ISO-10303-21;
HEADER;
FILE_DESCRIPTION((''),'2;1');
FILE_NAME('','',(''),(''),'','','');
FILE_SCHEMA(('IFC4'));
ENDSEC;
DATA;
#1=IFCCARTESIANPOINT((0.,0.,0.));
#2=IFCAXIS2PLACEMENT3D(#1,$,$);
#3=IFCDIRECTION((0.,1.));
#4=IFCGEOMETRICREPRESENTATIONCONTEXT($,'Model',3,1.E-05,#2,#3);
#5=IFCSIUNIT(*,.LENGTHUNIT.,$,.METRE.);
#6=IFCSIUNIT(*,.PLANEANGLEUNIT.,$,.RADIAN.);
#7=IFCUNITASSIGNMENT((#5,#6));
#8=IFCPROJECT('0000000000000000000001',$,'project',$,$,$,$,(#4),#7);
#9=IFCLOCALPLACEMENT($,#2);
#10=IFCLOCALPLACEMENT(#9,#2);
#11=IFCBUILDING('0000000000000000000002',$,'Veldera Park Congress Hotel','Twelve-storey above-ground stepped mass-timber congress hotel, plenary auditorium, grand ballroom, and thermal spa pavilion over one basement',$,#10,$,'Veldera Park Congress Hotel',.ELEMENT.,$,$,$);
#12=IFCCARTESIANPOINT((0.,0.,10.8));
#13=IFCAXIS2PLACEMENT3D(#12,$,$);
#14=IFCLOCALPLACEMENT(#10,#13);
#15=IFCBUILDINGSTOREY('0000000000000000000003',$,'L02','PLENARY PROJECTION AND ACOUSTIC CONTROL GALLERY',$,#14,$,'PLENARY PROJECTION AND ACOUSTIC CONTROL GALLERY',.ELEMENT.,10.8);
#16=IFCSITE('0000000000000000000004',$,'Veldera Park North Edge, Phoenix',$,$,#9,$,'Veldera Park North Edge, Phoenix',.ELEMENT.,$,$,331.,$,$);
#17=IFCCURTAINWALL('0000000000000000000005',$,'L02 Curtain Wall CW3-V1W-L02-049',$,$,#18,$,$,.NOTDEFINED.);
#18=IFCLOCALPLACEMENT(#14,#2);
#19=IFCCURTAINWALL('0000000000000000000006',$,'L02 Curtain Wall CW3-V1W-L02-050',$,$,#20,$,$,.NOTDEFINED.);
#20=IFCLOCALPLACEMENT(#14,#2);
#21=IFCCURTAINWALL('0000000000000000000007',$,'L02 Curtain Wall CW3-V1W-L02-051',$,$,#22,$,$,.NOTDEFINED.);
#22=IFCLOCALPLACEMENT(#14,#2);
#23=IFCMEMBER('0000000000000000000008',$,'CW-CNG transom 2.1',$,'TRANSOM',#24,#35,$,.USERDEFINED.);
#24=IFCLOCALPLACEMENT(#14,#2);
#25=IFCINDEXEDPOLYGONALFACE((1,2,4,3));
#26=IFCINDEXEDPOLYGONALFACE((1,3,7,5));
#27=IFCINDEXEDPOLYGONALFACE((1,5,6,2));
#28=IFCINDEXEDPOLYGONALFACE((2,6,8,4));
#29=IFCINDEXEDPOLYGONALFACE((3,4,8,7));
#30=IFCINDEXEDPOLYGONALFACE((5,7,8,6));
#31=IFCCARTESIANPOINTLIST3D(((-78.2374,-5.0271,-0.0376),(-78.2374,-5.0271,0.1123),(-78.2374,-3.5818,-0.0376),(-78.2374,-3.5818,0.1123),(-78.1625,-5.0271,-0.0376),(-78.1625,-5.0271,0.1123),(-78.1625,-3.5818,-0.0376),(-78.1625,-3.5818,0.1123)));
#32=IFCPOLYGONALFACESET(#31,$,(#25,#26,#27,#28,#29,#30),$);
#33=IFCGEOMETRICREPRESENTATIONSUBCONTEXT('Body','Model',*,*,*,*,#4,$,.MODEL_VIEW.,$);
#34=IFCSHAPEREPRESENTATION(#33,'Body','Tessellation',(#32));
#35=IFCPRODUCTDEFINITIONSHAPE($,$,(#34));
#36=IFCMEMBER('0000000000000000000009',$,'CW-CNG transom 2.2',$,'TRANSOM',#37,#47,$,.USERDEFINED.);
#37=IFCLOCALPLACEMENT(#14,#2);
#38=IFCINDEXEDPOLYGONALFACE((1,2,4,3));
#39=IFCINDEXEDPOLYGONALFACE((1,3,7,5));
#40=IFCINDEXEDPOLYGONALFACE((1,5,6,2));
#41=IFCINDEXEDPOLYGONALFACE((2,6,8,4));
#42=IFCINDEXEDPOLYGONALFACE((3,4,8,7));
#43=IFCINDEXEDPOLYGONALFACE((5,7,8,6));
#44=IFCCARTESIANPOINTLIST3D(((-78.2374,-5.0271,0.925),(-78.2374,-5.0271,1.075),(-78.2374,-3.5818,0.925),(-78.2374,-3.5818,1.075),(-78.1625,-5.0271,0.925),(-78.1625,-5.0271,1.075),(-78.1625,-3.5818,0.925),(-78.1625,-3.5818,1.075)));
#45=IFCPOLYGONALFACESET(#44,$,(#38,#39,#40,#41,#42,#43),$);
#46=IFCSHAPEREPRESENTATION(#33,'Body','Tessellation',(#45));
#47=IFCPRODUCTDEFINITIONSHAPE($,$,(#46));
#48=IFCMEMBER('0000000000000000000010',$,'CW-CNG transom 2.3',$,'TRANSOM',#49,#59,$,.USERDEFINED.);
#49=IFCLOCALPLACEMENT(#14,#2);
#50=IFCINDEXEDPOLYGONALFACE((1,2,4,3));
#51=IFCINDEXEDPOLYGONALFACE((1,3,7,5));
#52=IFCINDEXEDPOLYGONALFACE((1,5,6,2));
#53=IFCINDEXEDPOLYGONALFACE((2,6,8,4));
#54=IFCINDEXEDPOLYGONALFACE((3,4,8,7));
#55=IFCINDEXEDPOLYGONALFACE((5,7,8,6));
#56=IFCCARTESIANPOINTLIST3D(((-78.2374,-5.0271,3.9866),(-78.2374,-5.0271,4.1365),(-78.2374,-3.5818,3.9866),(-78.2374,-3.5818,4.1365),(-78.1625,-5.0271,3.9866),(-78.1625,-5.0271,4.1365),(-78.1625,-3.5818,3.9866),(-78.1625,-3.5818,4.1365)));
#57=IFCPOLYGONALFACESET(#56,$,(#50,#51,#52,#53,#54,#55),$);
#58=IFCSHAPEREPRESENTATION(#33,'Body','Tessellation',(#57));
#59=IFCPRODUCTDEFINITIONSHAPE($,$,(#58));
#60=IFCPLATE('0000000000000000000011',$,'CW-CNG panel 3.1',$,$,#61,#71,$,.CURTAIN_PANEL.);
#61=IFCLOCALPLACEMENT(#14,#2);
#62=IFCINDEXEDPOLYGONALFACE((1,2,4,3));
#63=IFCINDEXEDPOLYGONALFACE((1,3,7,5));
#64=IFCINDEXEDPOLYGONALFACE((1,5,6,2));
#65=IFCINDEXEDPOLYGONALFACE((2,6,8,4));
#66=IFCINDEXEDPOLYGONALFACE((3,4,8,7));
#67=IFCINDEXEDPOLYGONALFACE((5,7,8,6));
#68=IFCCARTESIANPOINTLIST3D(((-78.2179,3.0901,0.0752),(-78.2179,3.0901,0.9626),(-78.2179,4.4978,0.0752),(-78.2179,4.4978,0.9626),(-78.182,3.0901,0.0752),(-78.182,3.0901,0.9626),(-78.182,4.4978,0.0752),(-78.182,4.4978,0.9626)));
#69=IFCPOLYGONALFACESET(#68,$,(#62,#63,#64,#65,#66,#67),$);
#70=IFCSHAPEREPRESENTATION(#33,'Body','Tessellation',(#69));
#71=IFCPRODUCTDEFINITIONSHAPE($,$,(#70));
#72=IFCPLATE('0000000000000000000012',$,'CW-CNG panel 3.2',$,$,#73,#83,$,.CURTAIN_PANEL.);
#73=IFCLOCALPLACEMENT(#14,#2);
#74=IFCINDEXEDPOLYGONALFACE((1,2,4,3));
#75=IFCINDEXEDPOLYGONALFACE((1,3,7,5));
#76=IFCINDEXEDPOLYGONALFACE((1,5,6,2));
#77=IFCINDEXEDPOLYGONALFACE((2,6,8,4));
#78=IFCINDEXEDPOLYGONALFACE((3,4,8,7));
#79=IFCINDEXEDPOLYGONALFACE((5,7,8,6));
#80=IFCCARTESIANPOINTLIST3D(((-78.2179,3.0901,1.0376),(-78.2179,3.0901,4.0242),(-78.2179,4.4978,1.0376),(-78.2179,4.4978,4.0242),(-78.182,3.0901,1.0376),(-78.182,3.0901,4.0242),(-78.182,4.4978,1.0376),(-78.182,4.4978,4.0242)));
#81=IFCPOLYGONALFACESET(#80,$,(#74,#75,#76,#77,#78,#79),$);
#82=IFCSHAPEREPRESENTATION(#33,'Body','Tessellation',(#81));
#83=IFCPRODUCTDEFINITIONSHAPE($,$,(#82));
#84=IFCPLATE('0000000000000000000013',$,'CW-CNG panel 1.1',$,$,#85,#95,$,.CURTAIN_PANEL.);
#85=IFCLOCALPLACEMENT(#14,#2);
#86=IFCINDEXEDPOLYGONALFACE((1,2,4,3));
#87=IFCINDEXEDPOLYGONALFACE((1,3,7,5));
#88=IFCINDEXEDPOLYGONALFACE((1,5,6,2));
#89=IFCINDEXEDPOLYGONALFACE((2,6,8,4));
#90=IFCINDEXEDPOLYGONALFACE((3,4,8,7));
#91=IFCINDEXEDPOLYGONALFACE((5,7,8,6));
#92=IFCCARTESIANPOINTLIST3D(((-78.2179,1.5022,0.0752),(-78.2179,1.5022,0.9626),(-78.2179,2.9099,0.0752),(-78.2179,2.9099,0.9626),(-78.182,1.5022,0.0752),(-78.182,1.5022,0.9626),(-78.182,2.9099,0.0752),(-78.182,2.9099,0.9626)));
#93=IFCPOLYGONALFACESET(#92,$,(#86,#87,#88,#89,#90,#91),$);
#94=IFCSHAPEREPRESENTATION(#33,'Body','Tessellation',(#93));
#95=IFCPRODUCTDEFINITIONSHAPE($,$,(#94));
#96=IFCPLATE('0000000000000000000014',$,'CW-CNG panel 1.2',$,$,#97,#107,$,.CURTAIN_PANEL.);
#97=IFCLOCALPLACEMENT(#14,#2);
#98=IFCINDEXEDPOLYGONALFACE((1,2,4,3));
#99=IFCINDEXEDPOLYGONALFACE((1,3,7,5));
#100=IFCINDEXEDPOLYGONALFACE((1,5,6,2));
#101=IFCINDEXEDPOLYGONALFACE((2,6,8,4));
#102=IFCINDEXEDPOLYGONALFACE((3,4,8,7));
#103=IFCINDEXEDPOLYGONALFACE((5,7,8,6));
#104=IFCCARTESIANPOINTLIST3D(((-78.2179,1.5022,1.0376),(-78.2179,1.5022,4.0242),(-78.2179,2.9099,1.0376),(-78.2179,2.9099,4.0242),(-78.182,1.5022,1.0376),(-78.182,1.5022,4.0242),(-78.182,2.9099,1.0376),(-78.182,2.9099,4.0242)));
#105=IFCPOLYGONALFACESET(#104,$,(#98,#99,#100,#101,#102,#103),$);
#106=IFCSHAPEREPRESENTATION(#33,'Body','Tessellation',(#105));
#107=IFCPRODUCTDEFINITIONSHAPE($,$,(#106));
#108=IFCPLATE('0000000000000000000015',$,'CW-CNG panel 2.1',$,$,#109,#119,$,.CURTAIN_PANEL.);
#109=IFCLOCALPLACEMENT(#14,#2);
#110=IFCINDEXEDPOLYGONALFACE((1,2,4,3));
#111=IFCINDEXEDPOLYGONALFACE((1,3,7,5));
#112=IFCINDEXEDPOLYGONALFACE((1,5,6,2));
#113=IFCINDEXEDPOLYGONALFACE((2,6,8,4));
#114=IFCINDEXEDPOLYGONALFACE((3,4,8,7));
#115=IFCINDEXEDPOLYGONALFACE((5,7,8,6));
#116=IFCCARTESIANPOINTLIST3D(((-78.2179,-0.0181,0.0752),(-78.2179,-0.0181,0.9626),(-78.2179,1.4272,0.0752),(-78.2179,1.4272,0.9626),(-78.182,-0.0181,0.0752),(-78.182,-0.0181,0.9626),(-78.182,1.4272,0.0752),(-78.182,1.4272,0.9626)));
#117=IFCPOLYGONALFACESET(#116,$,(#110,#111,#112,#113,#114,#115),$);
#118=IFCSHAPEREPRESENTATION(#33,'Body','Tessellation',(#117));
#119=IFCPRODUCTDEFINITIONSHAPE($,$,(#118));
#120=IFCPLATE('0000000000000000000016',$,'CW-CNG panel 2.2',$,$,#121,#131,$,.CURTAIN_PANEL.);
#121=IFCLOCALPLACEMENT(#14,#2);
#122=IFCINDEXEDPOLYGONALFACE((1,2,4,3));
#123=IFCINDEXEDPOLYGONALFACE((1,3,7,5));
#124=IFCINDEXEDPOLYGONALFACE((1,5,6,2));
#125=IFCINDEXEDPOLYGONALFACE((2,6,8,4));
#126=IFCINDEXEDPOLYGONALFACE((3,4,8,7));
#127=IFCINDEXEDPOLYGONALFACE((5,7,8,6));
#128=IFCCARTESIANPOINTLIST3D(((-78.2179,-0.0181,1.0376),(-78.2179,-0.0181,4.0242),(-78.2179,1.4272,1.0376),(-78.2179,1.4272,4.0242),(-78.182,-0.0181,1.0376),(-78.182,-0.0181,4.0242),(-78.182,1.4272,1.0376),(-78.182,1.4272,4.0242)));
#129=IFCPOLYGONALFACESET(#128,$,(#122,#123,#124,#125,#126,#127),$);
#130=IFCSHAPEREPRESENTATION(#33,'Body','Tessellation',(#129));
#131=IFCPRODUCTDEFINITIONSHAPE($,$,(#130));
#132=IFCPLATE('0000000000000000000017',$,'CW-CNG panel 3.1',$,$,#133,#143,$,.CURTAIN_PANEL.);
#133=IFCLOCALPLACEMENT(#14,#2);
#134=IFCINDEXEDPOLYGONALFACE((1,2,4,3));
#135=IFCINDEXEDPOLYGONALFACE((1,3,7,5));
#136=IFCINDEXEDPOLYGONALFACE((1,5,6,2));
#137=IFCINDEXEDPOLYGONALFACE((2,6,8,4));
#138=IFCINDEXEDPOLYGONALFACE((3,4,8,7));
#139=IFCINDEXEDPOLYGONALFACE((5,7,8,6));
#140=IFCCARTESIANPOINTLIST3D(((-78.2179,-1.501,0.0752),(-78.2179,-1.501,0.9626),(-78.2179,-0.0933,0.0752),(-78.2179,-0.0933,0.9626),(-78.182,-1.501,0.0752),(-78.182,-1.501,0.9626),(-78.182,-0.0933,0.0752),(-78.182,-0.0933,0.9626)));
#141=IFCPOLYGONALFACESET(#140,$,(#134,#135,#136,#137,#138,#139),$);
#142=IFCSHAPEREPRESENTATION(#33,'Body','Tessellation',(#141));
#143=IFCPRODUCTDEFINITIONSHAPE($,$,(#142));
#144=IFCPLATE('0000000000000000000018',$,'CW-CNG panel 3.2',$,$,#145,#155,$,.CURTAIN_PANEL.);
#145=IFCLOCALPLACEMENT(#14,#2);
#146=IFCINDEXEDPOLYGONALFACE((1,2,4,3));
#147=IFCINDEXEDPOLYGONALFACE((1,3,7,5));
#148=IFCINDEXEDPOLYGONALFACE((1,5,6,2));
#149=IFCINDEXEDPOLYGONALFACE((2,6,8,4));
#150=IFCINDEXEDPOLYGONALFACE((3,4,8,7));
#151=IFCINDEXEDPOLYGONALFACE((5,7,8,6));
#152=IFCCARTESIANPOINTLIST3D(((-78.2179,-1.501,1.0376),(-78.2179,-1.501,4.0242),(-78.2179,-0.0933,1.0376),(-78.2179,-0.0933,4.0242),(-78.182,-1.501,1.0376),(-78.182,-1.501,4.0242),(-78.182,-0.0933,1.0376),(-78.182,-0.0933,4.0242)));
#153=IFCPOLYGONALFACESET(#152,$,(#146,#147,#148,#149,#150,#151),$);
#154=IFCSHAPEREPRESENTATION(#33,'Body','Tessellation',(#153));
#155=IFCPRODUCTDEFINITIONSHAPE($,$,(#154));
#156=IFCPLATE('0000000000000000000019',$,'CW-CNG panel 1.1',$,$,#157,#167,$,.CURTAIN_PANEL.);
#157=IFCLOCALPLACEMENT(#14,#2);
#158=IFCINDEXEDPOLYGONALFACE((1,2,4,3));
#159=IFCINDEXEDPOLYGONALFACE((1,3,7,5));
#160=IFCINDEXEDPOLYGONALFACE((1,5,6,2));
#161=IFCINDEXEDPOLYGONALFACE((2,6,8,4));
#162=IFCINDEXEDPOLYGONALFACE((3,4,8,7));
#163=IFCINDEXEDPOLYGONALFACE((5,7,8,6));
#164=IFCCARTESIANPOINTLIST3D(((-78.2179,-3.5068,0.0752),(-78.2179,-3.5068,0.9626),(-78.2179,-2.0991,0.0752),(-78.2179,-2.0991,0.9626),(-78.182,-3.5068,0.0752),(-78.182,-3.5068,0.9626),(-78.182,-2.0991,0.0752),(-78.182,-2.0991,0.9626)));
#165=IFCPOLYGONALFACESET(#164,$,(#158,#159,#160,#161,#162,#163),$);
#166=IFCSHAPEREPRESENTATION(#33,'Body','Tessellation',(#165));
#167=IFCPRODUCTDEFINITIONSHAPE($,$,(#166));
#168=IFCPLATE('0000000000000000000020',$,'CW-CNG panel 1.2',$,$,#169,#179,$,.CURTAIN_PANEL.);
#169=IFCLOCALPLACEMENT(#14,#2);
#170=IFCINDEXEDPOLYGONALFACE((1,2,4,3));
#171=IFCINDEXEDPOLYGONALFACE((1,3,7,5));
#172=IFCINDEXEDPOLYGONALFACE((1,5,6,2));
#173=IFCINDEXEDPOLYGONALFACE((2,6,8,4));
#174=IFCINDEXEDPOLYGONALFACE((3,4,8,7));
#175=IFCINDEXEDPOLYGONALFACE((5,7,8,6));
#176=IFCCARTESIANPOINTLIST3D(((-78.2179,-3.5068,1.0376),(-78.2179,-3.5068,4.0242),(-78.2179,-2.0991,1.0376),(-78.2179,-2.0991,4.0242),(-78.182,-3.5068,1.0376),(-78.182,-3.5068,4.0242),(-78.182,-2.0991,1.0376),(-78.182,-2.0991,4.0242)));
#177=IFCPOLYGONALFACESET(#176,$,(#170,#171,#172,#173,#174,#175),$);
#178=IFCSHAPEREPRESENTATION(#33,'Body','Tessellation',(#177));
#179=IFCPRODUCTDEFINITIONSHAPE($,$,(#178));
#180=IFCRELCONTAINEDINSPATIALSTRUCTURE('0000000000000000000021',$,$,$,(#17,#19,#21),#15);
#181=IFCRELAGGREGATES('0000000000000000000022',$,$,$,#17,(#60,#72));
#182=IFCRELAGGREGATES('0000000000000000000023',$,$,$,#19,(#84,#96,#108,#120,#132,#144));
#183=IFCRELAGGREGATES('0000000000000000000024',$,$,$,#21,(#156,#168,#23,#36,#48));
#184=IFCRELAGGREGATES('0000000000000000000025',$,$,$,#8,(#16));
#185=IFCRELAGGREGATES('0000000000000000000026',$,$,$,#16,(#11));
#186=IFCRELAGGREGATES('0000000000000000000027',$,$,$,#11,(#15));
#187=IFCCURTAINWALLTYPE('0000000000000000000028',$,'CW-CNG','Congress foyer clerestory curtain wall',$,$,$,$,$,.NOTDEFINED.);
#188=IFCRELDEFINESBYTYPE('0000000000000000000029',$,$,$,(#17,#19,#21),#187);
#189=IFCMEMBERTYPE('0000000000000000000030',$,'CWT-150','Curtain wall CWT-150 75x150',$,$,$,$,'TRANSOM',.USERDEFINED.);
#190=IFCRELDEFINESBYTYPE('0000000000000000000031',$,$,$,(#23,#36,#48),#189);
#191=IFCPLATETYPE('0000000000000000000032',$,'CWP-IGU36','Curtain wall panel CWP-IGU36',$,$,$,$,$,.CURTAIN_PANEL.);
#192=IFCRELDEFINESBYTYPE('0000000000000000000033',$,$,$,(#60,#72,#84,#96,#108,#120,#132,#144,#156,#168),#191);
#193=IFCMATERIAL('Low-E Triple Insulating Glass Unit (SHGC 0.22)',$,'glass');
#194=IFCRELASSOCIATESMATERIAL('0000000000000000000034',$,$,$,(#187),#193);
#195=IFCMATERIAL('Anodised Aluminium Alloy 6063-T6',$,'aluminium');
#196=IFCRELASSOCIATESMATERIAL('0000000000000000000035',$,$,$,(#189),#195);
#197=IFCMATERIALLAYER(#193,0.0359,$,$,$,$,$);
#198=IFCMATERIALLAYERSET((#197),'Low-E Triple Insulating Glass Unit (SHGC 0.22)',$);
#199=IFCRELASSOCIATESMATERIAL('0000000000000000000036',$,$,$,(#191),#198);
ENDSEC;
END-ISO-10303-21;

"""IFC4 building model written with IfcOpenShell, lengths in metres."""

from ifc_helpers import new_model, si_unit, direction, frame, origin, origin_2d, place, context, subcontext, project, spatial, rectangle, extrude, material, layer, layer_set, material_profile, profile_set, type_object, element, aggregate, save


model = new_model("IFC4")

# Units and contexts
model_context = context("Model", 3, precision=1e-05, world=origin(), true_north=direction((0.0, 1.0)))
body_context = subcontext(model_context, "Body", "Model", "MODEL_VIEW")
ifc_project = project(units=[si_unit("LENGTHUNIT", "METRE"), si_unit("PLANEANGLEUNIT", "RADIAN")], contexts=[model_context])

# Site, building, storey
site_placement = place(None, origin())
site = spatial("IfcSite", under=ifc_project, at=site_placement, Name="Veldera Park North Edge, Phoenix", LongName="Veldera Park North Edge, Phoenix", CompositionType="ELEMENT", RefElevation=331.0)
building_placement = place(site_placement, origin())
building = spatial("IfcBuilding", under=site, at=building_placement, Name="Veldera Park Congress Hotel", Description="Twelve-storey above-ground stepped mass-timber congress hotel, plenary auditorium, grand ballroom, and thermal spa pavilion over one basement", LongName="Veldera Park Congress Hotel", CompositionType="ELEMENT")
storey_placement = place(building_placement, frame((0.0, 0.0, 10.8)))
storey = spatial("IfcBuildingStorey", under=building, at=storey_placement, Name="L02", Description="PLENARY PROJECTION AND ACOUSTIC CONTROL GALLERY", LongName="PLENARY PROJECTION AND ACOUSTIC CONTROL GALLERY", CompositionType="ELEMENT", Elevation=10.8)

# Curtain wall
ifc_material_1 = material(Name="Low-E Triple Insulating Glass Unit (SHGC 0.22)", Category="glass")
curtain_wall_type = type_object("IfcCurtainWallType", Name="CW-CNG", Description="Congress foyer clerestory curtain wall", PredefinedType="NOTDEFINED", material=ifc_material_1)
curtain_wall_1_placement = place(storey_placement, origin())
curtain_wall_1 = element("IfcCurtainWall", 1, at=curtain_wall_1_placement, inside=storey, type_object=curtain_wall_type, Name="L02 Curtain Wall CW3-V1W-L02-049", PredefinedType="NOTDEFINED")
ifc_material_2 = material(Name="Anodised Aluminium Alloy 6063-T6", Category="aluminium")

# Curtain walls
curtain_wall_2_placement = place(storey_placement, origin())
curtain_wall_2 = element("IfcCurtainWall", 2, at=curtain_wall_2_placement, inside=storey, type_object=curtain_wall_type, Name="L02 Curtain Wall CW3-V1W-L02-050", PredefinedType="NOTDEFINED")
curtain_wall_3_placement = place(storey_placement, origin())
curtain_wall_3 = element("IfcCurtainWall", 3, at=curtain_wall_3_placement, inside=storey, type_object=curtain_wall_type, Name="L02 Curtain Wall CW3-V1W-L02-051", PredefinedType="NOTDEFINED")

# Members
ifc_material_profile_1 = material_profile(ifc_material_2, rectangle(XDim=0.075, YDim=0.1499, at=origin_2d()), Name="ALU 75x150")
ifc_profile_set_1 = profile_set([ifc_material_profile_1], Name="Anodised Aluminium Alloy 6063-T6")
member_type_1 = type_object("IfcMemberType", Name="CWT-150", Description="Curtain wall CWT-150 75x150", ElementType="TRANSOM", PredefinedType="USERDEFINED", material=ifc_profile_set_1)
member_1_placement = place(storey_placement, frame((-78.2, -3.5818, 0.0374), z_axis=(0.0, -1.0, 0.0), x_axis=(1.0, 0.0, 0.0)))
member_1 = element("IfcMember", 4, at=member_1_placement, type_object=member_type_1, Name="CW-CNG transom 2.1", ObjectType="TRANSOM", PredefinedType="USERDEFINED", context=body_context, shape_type="SweptSolid", body=[
    extrude(rectangle(XDim=0.075, YDim=0.1499, at=origin_2d()), origin(), (0.0, 0.0, 1.0), 1.4453),
])
member_2_placement = place(storey_placement, frame((-78.2, -3.5818, 1.0), z_axis=(0.0, -1.0, 0.0), x_axis=(1.0, 0.0, 0.0)))
member_2 = element("IfcMember", 5, at=member_2_placement, type_object=member_type_1, Name="CW-CNG transom 2.2", ObjectType="TRANSOM", PredefinedType="USERDEFINED", context=body_context, shape_type="SweptSolid", body=[
    extrude(rectangle(XDim=0.075, YDim=0.1499, at=origin_2d()), origin(), (0.0, 0.0, 1.0), 1.4453),
])
member_3_placement = place(storey_placement, frame((-78.2, -3.5818, 4.0615), z_axis=(0.0, -1.0, 0.0), x_axis=(1.0, 0.0, 0.0)))
member_3 = element("IfcMember", 6, at=member_3_placement, type_object=member_type_1, Name="CW-CNG transom 2.3", ObjectType="TRANSOM", PredefinedType="USERDEFINED", context=body_context, shape_type="SweptSolid", body=[
    extrude(rectangle(XDim=0.075, YDim=0.1499, at=origin_2d()), origin(), (0.0, 0.0, 1.0), 1.4453),
])

# Plates
ifc_layer = layer(ifc_material_1, 0.0359)
ifc_layer_set = layer_set([ifc_layer], Name="Low-E Triple Insulating Glass Unit (SHGC 0.22)")
plate_type = type_object("IfcPlateType", Name="CWP-IGU36", Description="Curtain wall panel CWP-IGU36", PredefinedType="CURTAIN_PANEL", material=ifc_layer_set)
plate_1_placement = place(storey_placement, frame((-78.2, 3.7939, 0.0752), z_axis=(0.0, 0.0, 1.0), x_axis=(0.0, -1.0, 0.0)))
plate_1 = element("IfcPlate", 7, at=plate_1_placement, type_object=plate_type, Name="CW-CNG panel 3.1", PredefinedType="CURTAIN_PANEL", context=body_context, shape_type="SweptSolid", body=[
    extrude(rectangle(XDim=1.4077, YDim=0.0359, at=origin_2d()), origin(), (0.0, 0.0, 1.0), 0.8875),
])
plate_2_placement = place(storey_placement, frame((-78.2, 3.7939, 1.0376), z_axis=(0.0, 0.0, 1.0), x_axis=(0.0, -1.0, 0.0)))
plate_2 = element("IfcPlate", 8, at=plate_2_placement, type_object=plate_type, Name="CW-CNG panel 3.2", PredefinedType="CURTAIN_PANEL", context=body_context, shape_type="SweptSolid", body=[
    extrude(rectangle(XDim=1.4077, YDim=0.0359, at=origin_2d()), origin(), (0.0, 0.0, 1.0), 2.9866),
])
aggregate(curtain_wall_1, [plate_1, plate_2])
plate_3_placement = place(storey_placement, frame((-78.2, 2.2061, 0.0752), z_axis=(0.0, 0.0, 1.0), x_axis=(0.0, -1.0, 0.0)))
plate_3 = element("IfcPlate", 9, at=plate_3_placement, type_object=plate_type, Name="CW-CNG panel 1.1", PredefinedType="CURTAIN_PANEL", context=body_context, shape_type="SweptSolid", body=[
    extrude(rectangle(XDim=1.4077, YDim=0.0359, at=origin_2d()), origin(), (0.0, 0.0, 1.0), 0.8875),
])
plate_4_placement = place(storey_placement, frame((-78.2, 2.2061, 1.0376), z_axis=(0.0, 0.0, 1.0), x_axis=(0.0, -1.0, 0.0)))
plate_4 = element("IfcPlate", 10, at=plate_4_placement, type_object=plate_type, Name="CW-CNG panel 1.2", PredefinedType="CURTAIN_PANEL", context=body_context, shape_type="SweptSolid", body=[
    extrude(rectangle(XDim=1.4077, YDim=0.0359, at=origin_2d()), origin(), (0.0, 0.0, 1.0), 2.9866),
])
plate_5_placement = place(storey_placement, frame((-78.2, 0.7046, 0.0752), z_axis=(0.0, 0.0, 1.0), x_axis=(0.0, -1.0, 0.0)))
plate_5 = element("IfcPlate", 11, at=plate_5_placement, type_object=plate_type, Name="CW-CNG panel 2.1", PredefinedType="CURTAIN_PANEL", context=body_context, shape_type="SweptSolid", body=[
    extrude(rectangle(XDim=1.4453, YDim=0.0359, at=origin_2d()), origin(), (0.0, 0.0, 1.0), 0.8875),
])
plate_6_placement = place(storey_placement, frame((-78.2, 0.7046, 1.0376), z_axis=(0.0, 0.0, 1.0), x_axis=(0.0, -1.0, 0.0)))
plate_6 = element("IfcPlate", 12, at=plate_6_placement, type_object=plate_type, Name="CW-CNG panel 2.2", PredefinedType="CURTAIN_PANEL", context=body_context, shape_type="SweptSolid", body=[
    extrude(rectangle(XDim=1.4453, YDim=0.0359, at=origin_2d()), origin(), (0.0, 0.0, 1.0), 2.9866),
])
plate_7_placement = place(storey_placement, frame((-78.2, -0.7971, 0.0752), z_axis=(0.0, 0.0, 1.0), x_axis=(0.0, -1.0, 0.0)))
plate_7 = element("IfcPlate", 13, at=plate_7_placement, type_object=plate_type, Name="CW-CNG panel 3.1", PredefinedType="CURTAIN_PANEL", context=body_context, shape_type="SweptSolid", body=[
    extrude(rectangle(XDim=1.4077, YDim=0.0359, at=origin_2d()), origin(), (0.0, 0.0, 1.0), 0.8875),
])
plate_8_placement = place(storey_placement, frame((-78.2, -0.7971, 1.0376), z_axis=(0.0, 0.0, 1.0), x_axis=(0.0, -1.0, 0.0)))
plate_8 = element("IfcPlate", 14, at=plate_8_placement, type_object=plate_type, Name="CW-CNG panel 3.2", PredefinedType="CURTAIN_PANEL", context=body_context, shape_type="SweptSolid", body=[
    extrude(rectangle(XDim=1.4077, YDim=0.0359, at=origin_2d()), origin(), (0.0, 0.0, 1.0), 2.9866),
])
aggregate(curtain_wall_2, [plate_3, plate_4, plate_5, plate_6, plate_7, plate_8])
plate_9_placement = place(storey_placement, frame((-78.2, -2.803, 0.0752), z_axis=(0.0, 0.0, 1.0), x_axis=(0.0, -1.0, 0.0)))
plate_9 = element("IfcPlate", 15, at=plate_9_placement, type_object=plate_type, Name="CW-CNG panel 1.1", PredefinedType="CURTAIN_PANEL", context=body_context, shape_type="SweptSolid", body=[
    extrude(rectangle(XDim=1.4077, YDim=0.0359, at=origin_2d()), origin(), (0.0, 0.0, 1.0), 0.8875),
])
plate_10_placement = place(storey_placement, frame((-78.2, -2.803, 1.0376), z_axis=(0.0, 0.0, 1.0), x_axis=(0.0, -1.0, 0.0)))
plate_10 = element("IfcPlate", 16, at=plate_10_placement, type_object=plate_type, Name="CW-CNG panel 1.2", PredefinedType="CURTAIN_PANEL", context=body_context, shape_type="SweptSolid", body=[
    extrude(rectangle(XDim=1.4077, YDim=0.0359, at=origin_2d()), origin(), (0.0, 0.0, 1.0), 2.9866),
])
aggregate(curtain_wall_3, [plate_9, plate_10, member_1, member_2, member_3])

save(model, "model.ifc")
